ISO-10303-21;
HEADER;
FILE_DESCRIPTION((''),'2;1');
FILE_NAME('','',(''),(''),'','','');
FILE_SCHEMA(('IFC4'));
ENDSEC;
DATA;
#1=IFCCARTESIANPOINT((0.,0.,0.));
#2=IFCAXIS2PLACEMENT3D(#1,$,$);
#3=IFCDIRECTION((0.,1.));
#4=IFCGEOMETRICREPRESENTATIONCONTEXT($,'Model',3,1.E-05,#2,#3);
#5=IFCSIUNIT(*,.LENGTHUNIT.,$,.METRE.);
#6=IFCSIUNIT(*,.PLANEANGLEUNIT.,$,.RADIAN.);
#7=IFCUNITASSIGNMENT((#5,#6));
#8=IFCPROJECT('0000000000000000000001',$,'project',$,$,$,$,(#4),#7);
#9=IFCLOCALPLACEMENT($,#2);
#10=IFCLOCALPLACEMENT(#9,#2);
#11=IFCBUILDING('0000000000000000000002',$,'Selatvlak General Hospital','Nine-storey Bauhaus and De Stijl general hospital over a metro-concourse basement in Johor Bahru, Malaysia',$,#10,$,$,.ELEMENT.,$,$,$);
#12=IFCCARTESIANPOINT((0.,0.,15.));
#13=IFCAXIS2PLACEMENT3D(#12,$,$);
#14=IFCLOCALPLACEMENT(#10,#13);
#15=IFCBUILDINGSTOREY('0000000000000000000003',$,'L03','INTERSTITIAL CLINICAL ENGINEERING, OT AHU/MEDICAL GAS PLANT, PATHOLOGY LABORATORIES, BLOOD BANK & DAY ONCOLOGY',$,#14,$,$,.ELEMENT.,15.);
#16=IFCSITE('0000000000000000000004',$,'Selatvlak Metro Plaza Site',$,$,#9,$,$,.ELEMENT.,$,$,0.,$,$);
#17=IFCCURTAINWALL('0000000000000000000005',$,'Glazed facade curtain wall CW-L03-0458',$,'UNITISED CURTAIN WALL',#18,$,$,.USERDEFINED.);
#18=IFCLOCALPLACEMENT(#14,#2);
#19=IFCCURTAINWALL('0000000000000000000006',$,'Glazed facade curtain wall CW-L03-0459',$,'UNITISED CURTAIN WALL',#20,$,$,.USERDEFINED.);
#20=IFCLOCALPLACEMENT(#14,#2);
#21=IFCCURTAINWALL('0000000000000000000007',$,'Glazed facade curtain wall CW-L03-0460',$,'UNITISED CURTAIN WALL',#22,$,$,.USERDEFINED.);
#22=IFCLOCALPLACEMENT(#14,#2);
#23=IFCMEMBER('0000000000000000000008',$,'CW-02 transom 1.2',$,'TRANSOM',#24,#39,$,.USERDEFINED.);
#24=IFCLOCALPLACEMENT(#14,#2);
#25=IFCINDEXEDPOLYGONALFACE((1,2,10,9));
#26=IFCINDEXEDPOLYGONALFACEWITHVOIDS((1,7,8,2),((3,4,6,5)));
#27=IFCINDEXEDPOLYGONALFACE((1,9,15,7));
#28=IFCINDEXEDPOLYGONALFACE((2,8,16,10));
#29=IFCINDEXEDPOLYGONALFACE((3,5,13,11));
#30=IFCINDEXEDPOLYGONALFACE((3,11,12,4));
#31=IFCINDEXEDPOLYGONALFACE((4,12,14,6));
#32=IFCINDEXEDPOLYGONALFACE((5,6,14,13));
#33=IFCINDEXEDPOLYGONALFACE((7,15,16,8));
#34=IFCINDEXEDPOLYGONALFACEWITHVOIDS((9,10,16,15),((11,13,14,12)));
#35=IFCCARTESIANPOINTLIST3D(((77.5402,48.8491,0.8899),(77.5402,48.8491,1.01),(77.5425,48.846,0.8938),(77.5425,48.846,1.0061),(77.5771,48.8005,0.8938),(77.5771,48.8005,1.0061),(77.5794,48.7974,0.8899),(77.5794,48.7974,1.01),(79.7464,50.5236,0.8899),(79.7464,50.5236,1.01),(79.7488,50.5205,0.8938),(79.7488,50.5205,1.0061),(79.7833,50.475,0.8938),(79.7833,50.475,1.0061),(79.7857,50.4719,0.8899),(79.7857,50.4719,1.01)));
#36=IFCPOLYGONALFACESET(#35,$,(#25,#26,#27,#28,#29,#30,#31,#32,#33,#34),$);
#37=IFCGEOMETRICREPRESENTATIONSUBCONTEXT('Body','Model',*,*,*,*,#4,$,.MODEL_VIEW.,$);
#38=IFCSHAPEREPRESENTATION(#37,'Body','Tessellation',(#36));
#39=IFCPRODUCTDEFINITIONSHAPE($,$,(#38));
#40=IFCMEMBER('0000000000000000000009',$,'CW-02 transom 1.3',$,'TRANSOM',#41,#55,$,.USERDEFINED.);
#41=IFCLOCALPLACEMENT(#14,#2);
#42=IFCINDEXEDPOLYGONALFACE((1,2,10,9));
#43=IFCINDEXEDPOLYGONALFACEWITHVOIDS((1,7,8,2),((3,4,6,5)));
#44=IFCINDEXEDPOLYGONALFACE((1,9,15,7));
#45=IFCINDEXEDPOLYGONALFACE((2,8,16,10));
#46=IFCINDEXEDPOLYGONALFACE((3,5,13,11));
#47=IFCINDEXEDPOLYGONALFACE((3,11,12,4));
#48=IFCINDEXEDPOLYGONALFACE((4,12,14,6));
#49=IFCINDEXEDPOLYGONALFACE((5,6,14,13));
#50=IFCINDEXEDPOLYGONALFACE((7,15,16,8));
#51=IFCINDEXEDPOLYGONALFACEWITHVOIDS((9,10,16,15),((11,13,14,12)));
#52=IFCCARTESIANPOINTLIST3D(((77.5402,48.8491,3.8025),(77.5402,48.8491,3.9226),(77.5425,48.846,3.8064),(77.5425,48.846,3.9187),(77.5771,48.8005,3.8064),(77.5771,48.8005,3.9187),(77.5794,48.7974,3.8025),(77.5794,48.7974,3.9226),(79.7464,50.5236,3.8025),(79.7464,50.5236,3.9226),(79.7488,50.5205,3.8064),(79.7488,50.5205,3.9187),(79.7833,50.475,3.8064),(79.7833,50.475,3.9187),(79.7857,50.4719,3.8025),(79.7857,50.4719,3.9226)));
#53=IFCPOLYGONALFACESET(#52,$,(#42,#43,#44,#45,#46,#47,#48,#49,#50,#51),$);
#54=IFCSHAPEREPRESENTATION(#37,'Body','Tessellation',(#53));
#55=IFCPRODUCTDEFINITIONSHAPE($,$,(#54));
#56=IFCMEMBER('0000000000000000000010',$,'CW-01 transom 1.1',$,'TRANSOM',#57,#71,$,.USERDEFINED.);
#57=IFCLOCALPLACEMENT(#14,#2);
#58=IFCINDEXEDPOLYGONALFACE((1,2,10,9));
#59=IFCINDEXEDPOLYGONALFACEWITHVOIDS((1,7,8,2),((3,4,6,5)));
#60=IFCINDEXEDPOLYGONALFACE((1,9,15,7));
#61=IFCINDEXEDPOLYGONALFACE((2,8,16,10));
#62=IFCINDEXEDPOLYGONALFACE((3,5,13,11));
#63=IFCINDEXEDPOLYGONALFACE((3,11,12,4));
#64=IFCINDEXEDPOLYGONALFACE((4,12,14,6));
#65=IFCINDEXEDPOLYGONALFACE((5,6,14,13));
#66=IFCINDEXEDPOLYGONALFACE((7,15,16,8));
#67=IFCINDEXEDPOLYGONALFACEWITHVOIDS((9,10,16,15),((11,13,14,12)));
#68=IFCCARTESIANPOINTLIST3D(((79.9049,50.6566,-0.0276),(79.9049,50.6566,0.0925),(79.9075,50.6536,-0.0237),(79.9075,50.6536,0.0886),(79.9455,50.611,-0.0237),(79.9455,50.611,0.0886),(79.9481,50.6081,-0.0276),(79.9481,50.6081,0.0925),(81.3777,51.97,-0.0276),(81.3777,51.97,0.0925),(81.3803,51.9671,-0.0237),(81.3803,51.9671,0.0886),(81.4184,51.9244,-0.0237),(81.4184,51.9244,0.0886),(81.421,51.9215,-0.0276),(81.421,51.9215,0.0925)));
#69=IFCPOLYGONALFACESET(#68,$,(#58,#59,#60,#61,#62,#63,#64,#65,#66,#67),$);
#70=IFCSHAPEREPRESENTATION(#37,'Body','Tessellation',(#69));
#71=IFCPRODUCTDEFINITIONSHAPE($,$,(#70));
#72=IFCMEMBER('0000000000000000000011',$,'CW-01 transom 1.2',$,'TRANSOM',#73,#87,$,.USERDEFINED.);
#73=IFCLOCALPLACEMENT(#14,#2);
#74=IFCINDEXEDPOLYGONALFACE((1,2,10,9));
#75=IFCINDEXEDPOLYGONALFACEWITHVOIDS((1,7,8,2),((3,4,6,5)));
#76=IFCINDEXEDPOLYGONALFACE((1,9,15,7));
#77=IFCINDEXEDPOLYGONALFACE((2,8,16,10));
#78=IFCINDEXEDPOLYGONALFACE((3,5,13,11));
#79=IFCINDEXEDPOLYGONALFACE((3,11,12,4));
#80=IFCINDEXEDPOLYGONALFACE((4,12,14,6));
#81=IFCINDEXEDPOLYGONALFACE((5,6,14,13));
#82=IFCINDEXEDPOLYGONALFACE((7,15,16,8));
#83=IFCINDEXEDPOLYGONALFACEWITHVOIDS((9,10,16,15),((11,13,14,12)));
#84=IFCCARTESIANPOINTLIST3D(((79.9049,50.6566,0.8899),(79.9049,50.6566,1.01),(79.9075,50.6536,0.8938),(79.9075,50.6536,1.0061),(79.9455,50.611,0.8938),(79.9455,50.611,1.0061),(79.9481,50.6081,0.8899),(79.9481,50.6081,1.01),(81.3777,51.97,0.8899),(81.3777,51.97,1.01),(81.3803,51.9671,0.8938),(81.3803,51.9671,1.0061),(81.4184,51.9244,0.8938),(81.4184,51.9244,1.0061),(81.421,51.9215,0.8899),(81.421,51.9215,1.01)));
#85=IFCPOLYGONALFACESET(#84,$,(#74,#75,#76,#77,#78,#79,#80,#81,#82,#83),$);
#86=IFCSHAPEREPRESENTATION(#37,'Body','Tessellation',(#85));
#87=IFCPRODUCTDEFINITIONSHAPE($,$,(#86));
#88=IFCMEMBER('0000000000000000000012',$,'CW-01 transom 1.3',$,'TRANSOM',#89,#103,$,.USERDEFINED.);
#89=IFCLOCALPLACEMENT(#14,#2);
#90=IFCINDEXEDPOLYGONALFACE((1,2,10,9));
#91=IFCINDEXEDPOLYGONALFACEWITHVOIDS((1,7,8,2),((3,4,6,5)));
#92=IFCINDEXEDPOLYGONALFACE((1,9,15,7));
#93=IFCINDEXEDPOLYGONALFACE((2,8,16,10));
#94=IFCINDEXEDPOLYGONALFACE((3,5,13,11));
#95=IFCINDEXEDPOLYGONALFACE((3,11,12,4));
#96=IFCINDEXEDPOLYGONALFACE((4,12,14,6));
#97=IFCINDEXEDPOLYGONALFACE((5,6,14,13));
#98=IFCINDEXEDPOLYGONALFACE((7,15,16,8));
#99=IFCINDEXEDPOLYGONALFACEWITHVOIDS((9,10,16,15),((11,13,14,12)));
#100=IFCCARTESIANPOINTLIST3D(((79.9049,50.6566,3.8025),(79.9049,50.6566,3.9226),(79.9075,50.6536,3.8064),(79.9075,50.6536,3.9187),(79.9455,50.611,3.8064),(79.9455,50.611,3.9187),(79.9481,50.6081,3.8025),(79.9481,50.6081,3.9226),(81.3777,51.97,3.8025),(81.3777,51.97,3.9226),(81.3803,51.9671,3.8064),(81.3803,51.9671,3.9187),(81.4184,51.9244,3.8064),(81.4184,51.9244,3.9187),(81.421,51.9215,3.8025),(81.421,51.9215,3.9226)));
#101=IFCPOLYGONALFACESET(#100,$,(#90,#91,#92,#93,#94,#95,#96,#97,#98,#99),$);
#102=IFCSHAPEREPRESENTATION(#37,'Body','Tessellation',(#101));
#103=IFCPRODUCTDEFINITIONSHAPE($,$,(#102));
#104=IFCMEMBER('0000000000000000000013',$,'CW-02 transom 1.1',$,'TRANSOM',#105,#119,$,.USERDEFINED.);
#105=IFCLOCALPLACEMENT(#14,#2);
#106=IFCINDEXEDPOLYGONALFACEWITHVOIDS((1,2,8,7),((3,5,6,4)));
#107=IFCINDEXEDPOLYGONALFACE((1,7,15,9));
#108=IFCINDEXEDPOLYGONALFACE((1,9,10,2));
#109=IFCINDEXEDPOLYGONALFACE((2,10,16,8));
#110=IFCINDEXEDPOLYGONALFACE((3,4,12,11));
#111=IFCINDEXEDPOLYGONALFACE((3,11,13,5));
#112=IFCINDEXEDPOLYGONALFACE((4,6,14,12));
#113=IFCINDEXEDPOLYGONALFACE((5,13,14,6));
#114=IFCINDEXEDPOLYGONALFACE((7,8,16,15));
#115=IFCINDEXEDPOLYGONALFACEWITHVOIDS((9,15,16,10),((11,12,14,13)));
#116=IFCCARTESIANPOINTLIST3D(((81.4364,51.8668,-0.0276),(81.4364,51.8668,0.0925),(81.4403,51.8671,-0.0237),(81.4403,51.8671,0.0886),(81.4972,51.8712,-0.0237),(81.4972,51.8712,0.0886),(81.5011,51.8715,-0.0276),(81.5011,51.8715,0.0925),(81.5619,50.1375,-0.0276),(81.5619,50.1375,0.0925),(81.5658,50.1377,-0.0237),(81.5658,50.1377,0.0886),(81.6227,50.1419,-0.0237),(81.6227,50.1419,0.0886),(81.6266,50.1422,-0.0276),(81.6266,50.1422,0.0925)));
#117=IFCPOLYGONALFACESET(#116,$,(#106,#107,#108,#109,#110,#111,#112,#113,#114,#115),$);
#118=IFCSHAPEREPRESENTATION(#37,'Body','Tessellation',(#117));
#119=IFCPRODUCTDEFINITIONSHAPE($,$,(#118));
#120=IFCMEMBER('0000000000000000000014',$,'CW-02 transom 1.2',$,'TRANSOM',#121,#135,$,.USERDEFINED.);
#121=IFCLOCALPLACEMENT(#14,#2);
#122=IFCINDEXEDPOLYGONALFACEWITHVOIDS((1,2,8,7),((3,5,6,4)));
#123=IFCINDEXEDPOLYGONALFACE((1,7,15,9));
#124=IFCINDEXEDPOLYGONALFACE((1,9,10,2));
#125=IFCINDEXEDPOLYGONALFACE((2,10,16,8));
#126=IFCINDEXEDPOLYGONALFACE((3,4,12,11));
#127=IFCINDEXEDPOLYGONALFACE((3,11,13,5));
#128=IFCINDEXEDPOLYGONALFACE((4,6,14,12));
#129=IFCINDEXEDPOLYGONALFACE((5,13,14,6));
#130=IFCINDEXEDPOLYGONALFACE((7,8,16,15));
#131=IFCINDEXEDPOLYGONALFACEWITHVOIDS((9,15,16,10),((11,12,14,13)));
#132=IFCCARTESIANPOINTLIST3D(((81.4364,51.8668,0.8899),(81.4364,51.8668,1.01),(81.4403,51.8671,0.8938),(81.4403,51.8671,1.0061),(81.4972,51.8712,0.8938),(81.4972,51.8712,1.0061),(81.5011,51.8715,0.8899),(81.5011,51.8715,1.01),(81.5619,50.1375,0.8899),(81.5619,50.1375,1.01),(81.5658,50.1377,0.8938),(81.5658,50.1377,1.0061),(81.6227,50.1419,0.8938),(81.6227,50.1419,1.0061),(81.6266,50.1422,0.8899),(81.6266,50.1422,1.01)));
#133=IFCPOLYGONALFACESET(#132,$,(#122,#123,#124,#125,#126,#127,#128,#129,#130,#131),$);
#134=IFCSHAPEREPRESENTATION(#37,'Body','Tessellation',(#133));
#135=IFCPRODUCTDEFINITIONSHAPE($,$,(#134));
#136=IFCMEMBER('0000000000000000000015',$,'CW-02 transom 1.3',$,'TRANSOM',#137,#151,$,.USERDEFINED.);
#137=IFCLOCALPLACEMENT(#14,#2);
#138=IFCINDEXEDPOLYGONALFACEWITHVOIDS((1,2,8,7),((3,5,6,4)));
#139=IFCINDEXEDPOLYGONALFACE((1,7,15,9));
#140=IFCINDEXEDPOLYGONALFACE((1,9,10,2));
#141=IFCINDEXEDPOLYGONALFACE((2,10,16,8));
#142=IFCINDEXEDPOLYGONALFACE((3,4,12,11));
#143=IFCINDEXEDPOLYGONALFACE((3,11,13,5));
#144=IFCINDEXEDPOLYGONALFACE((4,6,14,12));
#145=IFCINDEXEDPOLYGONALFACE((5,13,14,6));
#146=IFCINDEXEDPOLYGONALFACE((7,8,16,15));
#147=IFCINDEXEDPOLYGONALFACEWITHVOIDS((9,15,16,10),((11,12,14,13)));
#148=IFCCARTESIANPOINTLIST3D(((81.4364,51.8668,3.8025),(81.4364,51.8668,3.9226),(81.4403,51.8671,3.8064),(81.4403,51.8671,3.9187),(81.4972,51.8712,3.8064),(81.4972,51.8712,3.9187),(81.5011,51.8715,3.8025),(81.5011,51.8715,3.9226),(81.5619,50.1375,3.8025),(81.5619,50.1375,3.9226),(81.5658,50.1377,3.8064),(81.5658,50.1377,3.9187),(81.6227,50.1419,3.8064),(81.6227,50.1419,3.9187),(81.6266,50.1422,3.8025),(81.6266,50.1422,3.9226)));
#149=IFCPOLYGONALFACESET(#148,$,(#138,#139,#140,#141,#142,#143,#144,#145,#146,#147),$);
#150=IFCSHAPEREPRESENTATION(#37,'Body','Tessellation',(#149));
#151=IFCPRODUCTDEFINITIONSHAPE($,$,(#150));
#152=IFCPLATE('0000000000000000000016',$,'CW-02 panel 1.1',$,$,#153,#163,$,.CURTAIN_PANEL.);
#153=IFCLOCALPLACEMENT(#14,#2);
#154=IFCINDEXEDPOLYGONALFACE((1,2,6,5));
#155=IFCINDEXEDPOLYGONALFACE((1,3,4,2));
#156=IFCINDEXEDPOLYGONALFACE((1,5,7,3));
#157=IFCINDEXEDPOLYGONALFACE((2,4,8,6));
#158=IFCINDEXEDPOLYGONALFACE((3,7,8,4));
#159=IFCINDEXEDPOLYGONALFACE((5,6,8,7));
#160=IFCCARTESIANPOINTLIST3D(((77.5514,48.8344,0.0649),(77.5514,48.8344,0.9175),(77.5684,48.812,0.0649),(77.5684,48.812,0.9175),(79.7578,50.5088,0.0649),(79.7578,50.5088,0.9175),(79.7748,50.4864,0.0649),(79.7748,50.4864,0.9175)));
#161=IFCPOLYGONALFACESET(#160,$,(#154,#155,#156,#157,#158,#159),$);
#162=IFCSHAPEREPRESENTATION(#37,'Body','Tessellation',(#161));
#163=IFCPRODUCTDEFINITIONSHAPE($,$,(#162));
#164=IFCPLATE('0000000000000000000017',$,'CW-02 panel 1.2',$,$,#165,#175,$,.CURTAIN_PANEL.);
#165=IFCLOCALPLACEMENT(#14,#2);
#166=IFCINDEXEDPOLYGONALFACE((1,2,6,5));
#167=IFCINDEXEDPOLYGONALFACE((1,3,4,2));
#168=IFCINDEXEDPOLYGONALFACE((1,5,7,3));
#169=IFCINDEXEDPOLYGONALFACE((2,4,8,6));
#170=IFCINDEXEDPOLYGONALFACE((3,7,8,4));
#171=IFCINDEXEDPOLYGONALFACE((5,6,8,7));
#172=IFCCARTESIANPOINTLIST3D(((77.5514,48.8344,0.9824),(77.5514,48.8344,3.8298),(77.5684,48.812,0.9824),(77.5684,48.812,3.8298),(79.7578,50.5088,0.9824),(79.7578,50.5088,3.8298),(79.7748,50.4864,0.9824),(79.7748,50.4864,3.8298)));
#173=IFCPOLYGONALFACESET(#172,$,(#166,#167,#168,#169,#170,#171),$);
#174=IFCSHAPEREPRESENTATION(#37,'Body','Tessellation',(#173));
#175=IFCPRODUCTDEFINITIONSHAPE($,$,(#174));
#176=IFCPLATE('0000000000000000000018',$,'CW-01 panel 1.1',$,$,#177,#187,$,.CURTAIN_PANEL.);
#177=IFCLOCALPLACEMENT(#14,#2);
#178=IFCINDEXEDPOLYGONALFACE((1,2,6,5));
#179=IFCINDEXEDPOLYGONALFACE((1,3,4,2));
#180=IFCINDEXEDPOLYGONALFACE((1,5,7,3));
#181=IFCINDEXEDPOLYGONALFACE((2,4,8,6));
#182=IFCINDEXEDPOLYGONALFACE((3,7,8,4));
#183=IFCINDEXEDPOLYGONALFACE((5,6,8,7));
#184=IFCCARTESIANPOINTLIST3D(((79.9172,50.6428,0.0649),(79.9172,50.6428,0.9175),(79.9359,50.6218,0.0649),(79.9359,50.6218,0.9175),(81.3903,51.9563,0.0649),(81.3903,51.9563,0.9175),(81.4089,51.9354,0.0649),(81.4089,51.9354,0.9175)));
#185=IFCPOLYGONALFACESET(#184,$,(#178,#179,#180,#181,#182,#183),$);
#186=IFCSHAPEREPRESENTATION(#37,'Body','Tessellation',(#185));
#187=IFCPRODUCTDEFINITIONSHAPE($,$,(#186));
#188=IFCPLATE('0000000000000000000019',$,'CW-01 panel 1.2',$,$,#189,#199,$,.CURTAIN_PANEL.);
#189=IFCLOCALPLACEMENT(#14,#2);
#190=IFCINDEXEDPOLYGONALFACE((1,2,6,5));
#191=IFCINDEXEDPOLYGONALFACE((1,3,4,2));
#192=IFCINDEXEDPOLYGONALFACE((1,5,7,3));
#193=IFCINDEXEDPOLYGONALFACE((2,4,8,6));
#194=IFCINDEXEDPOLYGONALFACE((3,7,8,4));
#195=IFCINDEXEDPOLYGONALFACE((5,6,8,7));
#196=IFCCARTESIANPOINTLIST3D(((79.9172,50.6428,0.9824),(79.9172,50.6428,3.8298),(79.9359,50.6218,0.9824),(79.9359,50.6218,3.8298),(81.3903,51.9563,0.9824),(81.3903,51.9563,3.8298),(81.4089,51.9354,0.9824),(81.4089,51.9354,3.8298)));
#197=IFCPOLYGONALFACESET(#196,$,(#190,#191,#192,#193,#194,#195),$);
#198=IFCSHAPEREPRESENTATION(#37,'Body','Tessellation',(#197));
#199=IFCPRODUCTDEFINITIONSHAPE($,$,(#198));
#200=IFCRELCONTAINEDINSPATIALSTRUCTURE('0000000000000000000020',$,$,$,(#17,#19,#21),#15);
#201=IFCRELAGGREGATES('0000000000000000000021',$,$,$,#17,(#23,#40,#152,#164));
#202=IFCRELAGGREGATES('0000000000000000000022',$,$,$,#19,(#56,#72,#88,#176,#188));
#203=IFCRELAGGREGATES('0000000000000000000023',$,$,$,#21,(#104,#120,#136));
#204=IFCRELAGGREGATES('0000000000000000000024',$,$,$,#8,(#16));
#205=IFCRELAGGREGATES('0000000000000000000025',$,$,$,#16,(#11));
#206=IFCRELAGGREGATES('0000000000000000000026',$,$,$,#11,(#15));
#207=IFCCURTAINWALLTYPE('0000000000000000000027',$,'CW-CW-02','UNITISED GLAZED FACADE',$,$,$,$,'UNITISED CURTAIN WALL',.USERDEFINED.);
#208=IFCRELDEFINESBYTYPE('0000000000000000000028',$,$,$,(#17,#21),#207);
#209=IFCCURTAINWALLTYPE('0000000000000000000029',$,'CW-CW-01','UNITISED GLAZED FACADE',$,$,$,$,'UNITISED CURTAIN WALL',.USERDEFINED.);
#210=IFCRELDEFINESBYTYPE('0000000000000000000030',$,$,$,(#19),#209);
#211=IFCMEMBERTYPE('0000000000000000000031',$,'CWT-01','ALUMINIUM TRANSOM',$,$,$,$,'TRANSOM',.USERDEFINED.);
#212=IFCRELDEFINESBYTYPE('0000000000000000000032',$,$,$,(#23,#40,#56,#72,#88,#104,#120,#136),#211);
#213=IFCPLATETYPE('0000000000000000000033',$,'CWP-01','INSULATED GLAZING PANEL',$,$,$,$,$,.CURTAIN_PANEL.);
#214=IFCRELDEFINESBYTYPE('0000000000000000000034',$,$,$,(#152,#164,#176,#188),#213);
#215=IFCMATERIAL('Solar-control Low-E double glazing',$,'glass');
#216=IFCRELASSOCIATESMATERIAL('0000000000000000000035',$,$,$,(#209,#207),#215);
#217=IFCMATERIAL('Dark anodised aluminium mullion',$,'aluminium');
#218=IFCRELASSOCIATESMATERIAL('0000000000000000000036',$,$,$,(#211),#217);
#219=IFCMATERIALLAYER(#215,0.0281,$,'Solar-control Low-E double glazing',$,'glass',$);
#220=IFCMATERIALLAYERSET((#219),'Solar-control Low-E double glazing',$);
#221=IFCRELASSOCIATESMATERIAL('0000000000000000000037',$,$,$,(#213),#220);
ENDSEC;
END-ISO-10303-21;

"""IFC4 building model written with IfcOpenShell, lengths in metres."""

from ifc_helpers import new_model, si_unit, direction, frame, origin, origin_2d, place, context, subcontext, project, spatial, rectangle, hollow_rectangle, extrude, material, layer, layer_set, material_profile, profile_set, type_object, element, aggregate, save


model = new_model("IFC4")

# Units and contexts
model_context = context("Model", 3, precision=1e-05, world=origin(), true_north=direction((0.0, 1.0)))
body_context = subcontext(model_context, "Body", "Model", "MODEL_VIEW")
ifc_project = project(units=[si_unit("LENGTHUNIT", "METRE"), si_unit("PLANEANGLEUNIT", "RADIAN")], contexts=[model_context])

# Site, building, storey
site_placement = place(None, origin())
site = spatial("IfcSite", under=ifc_project, at=site_placement, Name="Selatvlak Metro Plaza Site", CompositionType="ELEMENT", RefElevation=0.0)
building_placement = place(site_placement, origin())
building = spatial("IfcBuilding", under=site, at=building_placement, Name="Selatvlak General Hospital", Description="Nine-storey Bauhaus and De Stijl general hospital over a metro-concourse basement in Johor Bahru, Malaysia", CompositionType="ELEMENT")
storey_placement = place(building_placement, frame((0.0, 0.0, 15.0)))
storey = spatial("IfcBuildingStorey", under=building, at=storey_placement, Name="L03", Description="INTERSTITIAL CLINICAL ENGINEERING, OT AHU/MEDICAL GAS PLANT, PATHOLOGY LABORATORIES, BLOOD BANK & DAY ONCOLOGY", CompositionType="ELEMENT", Elevation=15.0)

# Shared definitions
ifc_material_1 = material(Name="Solar-control Low-E double glazing", Category="glass")
curtain_wall_type_1 = type_object("IfcCurtainWallType", Name="CW-CW-01", Description="UNITISED GLAZED FACADE", ElementType="UNITISED CURTAIN WALL", PredefinedType="USERDEFINED", material=ifc_material_1)
ifc_material_2 = material(Name="Dark anodised aluminium mullion", Category="aluminium")

# Curtain walls
curtain_wall_type_2 = type_object("IfcCurtainWallType", Name="CW-CW-02", Description="UNITISED GLAZED FACADE", ElementType="UNITISED CURTAIN WALL", PredefinedType="USERDEFINED", material=ifc_material_1)
curtain_wall_1_placement = place(storey_placement, origin())
curtain_wall_1 = element("IfcCurtainWall", 1, at=curtain_wall_1_placement, inside=storey, type_object=curtain_wall_type_2, Name="Glazed facade curtain wall CW-L03-0458", ObjectType="UNITISED CURTAIN WALL", PredefinedType="USERDEFINED")
curtain_wall_2_placement = place(storey_placement, origin())
curtain_wall_2 = element("IfcCurtainWall", 2, at=curtain_wall_2_placement, inside=storey, type_object=curtain_wall_type_1, Name="Glazed facade curtain wall CW-L03-0459", ObjectType="UNITISED CURTAIN WALL", PredefinedType="USERDEFINED")

# Curtain wall
curtain_wall_3_placement = place(storey_placement, origin())
curtain_wall_3 = element("IfcCurtainWall", 3, at=curtain_wall_3_placement, inside=storey, type_object=curtain_wall_type_2, Name="Glazed facade curtain wall CW-L03-0460", ObjectType="UNITISED CURTAIN WALL", PredefinedType="USERDEFINED")

# Members
ifc_material_profile_1 = material_profile(ifc_material_2, hollow_rectangle(XDim=0.0649, YDim=0.1201, WallThickness=0.0039, at=origin_2d()), Name="AL-TRN 65x120x4")
ifc_profile_set_1 = profile_set([ifc_material_profile_1], Name="Dark anodised aluminium mullion")
member_type_1 = type_object("IfcMemberType", Name="CWT-01", Description="ALUMINIUM TRANSOM", ElementType="TRANSOM", PredefinedType="USERDEFINED", material=ifc_profile_set_1)
member_1_placement = place(storey_placement, frame((77.5598, 48.8232, 0.95), z_axis=(0.796549, 0.604574, 0.0), x_axis=(-0.604574, 0.796549, 0.0)))
member_1 = element("IfcMember", 4, at=member_1_placement, type_object=member_type_1, Name="CW-02 transom 1.2", ObjectType="TRANSOM", PredefinedType="USERDEFINED", context=body_context, shape_type="SweptSolid", body=[
    extrude(hollow_rectangle(XDim=0.0649, YDim=0.1201, WallThickness=0.0039, at=origin_2d()), origin(), (0.0, 0.0, 1.0), 2.7698),
])
member_2_placement = place(storey_placement, frame((77.5598, 48.8232, 3.8625), z_axis=(0.796549, 0.604574, 0.0), x_axis=(-0.604574, 0.796549, 0.0)))
member_2 = element("IfcMember", 5, at=member_2_placement, type_object=member_type_1, Name="CW-02 transom 1.3", ObjectType="TRANSOM", PredefinedType="USERDEFINED", context=body_context, shape_type="SweptSolid", body=[
    extrude(hollow_rectangle(XDim=0.0649, YDim=0.1201, WallThickness=0.0039, at=origin_2d()), origin(), (0.0, 0.0, 1.0), 2.7698),
])
member_3_placement = place(storey_placement, frame((79.9265, 50.6323, 0.0325), z_axis=(0.746344, 0.665561, 0.0), x_axis=(-0.665561, 0.746344, 0.0)))
member_3 = element("IfcMember", 6, at=member_3_placement, type_object=member_type_1, Name="CW-01 transom 1.1", ObjectType="TRANSOM", PredefinedType="USERDEFINED", context=body_context, shape_type="SweptSolid", body=[
    extrude(hollow_rectangle(XDim=0.0649, YDim=0.1201, WallThickness=0.0039, at=origin_2d()), origin(), (0.0, 0.0, 1.0), 1.9734),
])
member_4_placement = place(storey_placement, frame((79.9265, 50.6323, 0.95), z_axis=(0.746344, 0.665561, 0.0), x_axis=(-0.665561, 0.746344, 0.0)))
member_4 = element("IfcMember", 7, at=member_4_placement, type_object=member_type_1, Name="CW-01 transom 1.2", ObjectType="TRANSOM", PredefinedType="USERDEFINED", context=body_context, shape_type="SweptSolid", body=[
    extrude(hollow_rectangle(XDim=0.0649, YDim=0.1201, WallThickness=0.0039, at=origin_2d()), origin(), (0.0, 0.0, 1.0), 1.9734),
])
member_5_placement = place(storey_placement, frame((79.9265, 50.6323, 3.8625), z_axis=(0.746344, 0.665561, 0.0), x_axis=(-0.665561, 0.746344, 0.0)))
member_5 = element("IfcMember", 8, at=member_5_placement, type_object=member_type_1, Name="CW-01 transom 1.3", ObjectType="TRANSOM", PredefinedType="USERDEFINED", context=body_context, shape_type="SweptSolid", body=[
    extrude(hollow_rectangle(XDim=0.0649, YDim=0.1201, WallThickness=0.0039, at=origin_2d()), origin(), (0.0, 0.0, 1.0), 1.9734),
])
member_6_placement = place(storey_placement, frame((81.4688, 51.8691, 0.0325), z_axis=(0.072378, -0.997377, 0.0), x_axis=(0.997377, 0.072378, 0.0)))
member_6 = element("IfcMember", 9, at=member_6_placement, type_object=member_type_1, Name="CW-02 transom 1.1", ObjectType="TRANSOM", PredefinedType="USERDEFINED", context=body_context, shape_type="SweptSolid", body=[
    extrude(hollow_rectangle(XDim=0.0649, YDim=0.1201, WallThickness=0.0039, at=origin_2d()), origin(), (0.0, 0.0, 1.0), 1.7339),
])
member_7_placement = place(storey_placement, frame((81.4688, 51.8691, 0.95), z_axis=(0.072378, -0.997377, 0.0), x_axis=(0.997377, 0.072378, 0.0)))
member_7 = element("IfcMember", 10, at=member_7_placement, type_object=member_type_1, Name="CW-02 transom 1.2", ObjectType="TRANSOM", PredefinedType="USERDEFINED", context=body_context, shape_type="SweptSolid", body=[
    extrude(hollow_rectangle(XDim=0.0649, YDim=0.1201, WallThickness=0.0039, at=origin_2d()), origin(), (0.0, 0.0, 1.0), 1.7339),
])
member_8_placement = place(storey_placement, frame((81.4688, 51.8691, 3.8625), z_axis=(0.072378, -0.997377, 0.0), x_axis=(0.997377, 0.072378, 0.0)))
member_8 = element("IfcMember", 11, at=member_8_placement, type_object=member_type_1, Name="CW-02 transom 1.3", ObjectType="TRANSOM", PredefinedType="USERDEFINED", context=body_context, shape_type="SweptSolid", body=[
    extrude(hollow_rectangle(XDim=0.0649, YDim=0.1201, WallThickness=0.0039, at=origin_2d()), origin(), (0.0, 0.0, 1.0), 1.7339),
])

# Plates
ifc_layer_1 = layer(ifc_material_1, 0.0281, Name="Solar-control Low-E double glazing", Category="glass")
ifc_layer_set_1 = layer_set([ifc_layer_1], Name="Solar-control Low-E double glazing")
plate_type_1 = type_object("IfcPlateType", Name="CWP-01", Description="INSULATED GLAZING PANEL", PredefinedType="CURTAIN_PANEL", material=ifc_layer_set_1)
plate_1_placement = place(storey_placement, frame((78.6631, 49.6604, 0.0649), z_axis=(0.0, 0.0, 1.0), x_axis=(0.796594, 0.604515, 0.0)))
plate_1 = element("IfcPlate", 12, at=plate_1_placement, type_object=plate_type_1, Name="CW-02 panel 1.1", PredefinedType="CURTAIN_PANEL", context=body_context, shape_type="SweptSolid", body=[
    extrude(rectangle(XDim=2.7698, YDim=0.0281, at=origin_2d()), origin(), (0.0, 0.0, 1.0), 0.8525),
])
plate_2_placement = place(storey_placement, frame((78.6631, 49.6604, 0.9824), z_axis=(0.0, 0.0, 1.0), x_axis=(0.796594, 0.604515, 0.0)))
plate_2 = element("IfcPlate", 13, at=plate_2_placement, type_object=plate_type_1, Name="CW-02 panel 1.2", PredefinedType="CURTAIN_PANEL", context=body_context, shape_type="SweptSolid", body=[
    extrude(rectangle(XDim=2.7698, YDim=0.0281, at=origin_2d()), origin(), (0.0, 0.0, 1.0), 2.8474),
])
aggregate(curtain_wall_1, [member_1, member_2, plate_1, plate_2])
plate_3_placement = place(storey_placement, frame((80.6631, 51.2891, 0.0649), z_axis=(0.0, 0.0, 1.0), x_axis=(0.746359, 0.665543, 0.0)))
plate_3 = element("IfcPlate", 14, at=plate_3_placement, type_object=plate_type_1, Name="CW-01 panel 1.1", PredefinedType="CURTAIN_PANEL", context=body_context, shape_type="SweptSolid", body=[
    extrude(rectangle(XDim=1.9736, YDim=0.0281, at=origin_2d()), origin(), (0.0, 0.0, 1.0), 0.8525),
])
plate_4_placement = place(storey_placement, frame((80.6631, 51.2891, 0.9824), z_axis=(0.0, 0.0, 1.0), x_axis=(0.746359, 0.665543, 0.0)))
plate_4 = element("IfcPlate", 15, at=plate_4_placement, type_object=plate_type_1, Name="CW-01 panel 1.2", PredefinedType="CURTAIN_PANEL", context=body_context, shape_type="SweptSolid", body=[
    extrude(rectangle(XDim=1.9736, YDim=0.0281, at=origin_2d()), origin(), (0.0, 0.0, 1.0), 2.8474),
])
aggregate(curtain_wall_2, [member_3, member_4, member_5, plate_3, plate_4])
aggregate(curtain_wall_3, [member_6, member_7, member_8])

save(model, "model.ifc")
